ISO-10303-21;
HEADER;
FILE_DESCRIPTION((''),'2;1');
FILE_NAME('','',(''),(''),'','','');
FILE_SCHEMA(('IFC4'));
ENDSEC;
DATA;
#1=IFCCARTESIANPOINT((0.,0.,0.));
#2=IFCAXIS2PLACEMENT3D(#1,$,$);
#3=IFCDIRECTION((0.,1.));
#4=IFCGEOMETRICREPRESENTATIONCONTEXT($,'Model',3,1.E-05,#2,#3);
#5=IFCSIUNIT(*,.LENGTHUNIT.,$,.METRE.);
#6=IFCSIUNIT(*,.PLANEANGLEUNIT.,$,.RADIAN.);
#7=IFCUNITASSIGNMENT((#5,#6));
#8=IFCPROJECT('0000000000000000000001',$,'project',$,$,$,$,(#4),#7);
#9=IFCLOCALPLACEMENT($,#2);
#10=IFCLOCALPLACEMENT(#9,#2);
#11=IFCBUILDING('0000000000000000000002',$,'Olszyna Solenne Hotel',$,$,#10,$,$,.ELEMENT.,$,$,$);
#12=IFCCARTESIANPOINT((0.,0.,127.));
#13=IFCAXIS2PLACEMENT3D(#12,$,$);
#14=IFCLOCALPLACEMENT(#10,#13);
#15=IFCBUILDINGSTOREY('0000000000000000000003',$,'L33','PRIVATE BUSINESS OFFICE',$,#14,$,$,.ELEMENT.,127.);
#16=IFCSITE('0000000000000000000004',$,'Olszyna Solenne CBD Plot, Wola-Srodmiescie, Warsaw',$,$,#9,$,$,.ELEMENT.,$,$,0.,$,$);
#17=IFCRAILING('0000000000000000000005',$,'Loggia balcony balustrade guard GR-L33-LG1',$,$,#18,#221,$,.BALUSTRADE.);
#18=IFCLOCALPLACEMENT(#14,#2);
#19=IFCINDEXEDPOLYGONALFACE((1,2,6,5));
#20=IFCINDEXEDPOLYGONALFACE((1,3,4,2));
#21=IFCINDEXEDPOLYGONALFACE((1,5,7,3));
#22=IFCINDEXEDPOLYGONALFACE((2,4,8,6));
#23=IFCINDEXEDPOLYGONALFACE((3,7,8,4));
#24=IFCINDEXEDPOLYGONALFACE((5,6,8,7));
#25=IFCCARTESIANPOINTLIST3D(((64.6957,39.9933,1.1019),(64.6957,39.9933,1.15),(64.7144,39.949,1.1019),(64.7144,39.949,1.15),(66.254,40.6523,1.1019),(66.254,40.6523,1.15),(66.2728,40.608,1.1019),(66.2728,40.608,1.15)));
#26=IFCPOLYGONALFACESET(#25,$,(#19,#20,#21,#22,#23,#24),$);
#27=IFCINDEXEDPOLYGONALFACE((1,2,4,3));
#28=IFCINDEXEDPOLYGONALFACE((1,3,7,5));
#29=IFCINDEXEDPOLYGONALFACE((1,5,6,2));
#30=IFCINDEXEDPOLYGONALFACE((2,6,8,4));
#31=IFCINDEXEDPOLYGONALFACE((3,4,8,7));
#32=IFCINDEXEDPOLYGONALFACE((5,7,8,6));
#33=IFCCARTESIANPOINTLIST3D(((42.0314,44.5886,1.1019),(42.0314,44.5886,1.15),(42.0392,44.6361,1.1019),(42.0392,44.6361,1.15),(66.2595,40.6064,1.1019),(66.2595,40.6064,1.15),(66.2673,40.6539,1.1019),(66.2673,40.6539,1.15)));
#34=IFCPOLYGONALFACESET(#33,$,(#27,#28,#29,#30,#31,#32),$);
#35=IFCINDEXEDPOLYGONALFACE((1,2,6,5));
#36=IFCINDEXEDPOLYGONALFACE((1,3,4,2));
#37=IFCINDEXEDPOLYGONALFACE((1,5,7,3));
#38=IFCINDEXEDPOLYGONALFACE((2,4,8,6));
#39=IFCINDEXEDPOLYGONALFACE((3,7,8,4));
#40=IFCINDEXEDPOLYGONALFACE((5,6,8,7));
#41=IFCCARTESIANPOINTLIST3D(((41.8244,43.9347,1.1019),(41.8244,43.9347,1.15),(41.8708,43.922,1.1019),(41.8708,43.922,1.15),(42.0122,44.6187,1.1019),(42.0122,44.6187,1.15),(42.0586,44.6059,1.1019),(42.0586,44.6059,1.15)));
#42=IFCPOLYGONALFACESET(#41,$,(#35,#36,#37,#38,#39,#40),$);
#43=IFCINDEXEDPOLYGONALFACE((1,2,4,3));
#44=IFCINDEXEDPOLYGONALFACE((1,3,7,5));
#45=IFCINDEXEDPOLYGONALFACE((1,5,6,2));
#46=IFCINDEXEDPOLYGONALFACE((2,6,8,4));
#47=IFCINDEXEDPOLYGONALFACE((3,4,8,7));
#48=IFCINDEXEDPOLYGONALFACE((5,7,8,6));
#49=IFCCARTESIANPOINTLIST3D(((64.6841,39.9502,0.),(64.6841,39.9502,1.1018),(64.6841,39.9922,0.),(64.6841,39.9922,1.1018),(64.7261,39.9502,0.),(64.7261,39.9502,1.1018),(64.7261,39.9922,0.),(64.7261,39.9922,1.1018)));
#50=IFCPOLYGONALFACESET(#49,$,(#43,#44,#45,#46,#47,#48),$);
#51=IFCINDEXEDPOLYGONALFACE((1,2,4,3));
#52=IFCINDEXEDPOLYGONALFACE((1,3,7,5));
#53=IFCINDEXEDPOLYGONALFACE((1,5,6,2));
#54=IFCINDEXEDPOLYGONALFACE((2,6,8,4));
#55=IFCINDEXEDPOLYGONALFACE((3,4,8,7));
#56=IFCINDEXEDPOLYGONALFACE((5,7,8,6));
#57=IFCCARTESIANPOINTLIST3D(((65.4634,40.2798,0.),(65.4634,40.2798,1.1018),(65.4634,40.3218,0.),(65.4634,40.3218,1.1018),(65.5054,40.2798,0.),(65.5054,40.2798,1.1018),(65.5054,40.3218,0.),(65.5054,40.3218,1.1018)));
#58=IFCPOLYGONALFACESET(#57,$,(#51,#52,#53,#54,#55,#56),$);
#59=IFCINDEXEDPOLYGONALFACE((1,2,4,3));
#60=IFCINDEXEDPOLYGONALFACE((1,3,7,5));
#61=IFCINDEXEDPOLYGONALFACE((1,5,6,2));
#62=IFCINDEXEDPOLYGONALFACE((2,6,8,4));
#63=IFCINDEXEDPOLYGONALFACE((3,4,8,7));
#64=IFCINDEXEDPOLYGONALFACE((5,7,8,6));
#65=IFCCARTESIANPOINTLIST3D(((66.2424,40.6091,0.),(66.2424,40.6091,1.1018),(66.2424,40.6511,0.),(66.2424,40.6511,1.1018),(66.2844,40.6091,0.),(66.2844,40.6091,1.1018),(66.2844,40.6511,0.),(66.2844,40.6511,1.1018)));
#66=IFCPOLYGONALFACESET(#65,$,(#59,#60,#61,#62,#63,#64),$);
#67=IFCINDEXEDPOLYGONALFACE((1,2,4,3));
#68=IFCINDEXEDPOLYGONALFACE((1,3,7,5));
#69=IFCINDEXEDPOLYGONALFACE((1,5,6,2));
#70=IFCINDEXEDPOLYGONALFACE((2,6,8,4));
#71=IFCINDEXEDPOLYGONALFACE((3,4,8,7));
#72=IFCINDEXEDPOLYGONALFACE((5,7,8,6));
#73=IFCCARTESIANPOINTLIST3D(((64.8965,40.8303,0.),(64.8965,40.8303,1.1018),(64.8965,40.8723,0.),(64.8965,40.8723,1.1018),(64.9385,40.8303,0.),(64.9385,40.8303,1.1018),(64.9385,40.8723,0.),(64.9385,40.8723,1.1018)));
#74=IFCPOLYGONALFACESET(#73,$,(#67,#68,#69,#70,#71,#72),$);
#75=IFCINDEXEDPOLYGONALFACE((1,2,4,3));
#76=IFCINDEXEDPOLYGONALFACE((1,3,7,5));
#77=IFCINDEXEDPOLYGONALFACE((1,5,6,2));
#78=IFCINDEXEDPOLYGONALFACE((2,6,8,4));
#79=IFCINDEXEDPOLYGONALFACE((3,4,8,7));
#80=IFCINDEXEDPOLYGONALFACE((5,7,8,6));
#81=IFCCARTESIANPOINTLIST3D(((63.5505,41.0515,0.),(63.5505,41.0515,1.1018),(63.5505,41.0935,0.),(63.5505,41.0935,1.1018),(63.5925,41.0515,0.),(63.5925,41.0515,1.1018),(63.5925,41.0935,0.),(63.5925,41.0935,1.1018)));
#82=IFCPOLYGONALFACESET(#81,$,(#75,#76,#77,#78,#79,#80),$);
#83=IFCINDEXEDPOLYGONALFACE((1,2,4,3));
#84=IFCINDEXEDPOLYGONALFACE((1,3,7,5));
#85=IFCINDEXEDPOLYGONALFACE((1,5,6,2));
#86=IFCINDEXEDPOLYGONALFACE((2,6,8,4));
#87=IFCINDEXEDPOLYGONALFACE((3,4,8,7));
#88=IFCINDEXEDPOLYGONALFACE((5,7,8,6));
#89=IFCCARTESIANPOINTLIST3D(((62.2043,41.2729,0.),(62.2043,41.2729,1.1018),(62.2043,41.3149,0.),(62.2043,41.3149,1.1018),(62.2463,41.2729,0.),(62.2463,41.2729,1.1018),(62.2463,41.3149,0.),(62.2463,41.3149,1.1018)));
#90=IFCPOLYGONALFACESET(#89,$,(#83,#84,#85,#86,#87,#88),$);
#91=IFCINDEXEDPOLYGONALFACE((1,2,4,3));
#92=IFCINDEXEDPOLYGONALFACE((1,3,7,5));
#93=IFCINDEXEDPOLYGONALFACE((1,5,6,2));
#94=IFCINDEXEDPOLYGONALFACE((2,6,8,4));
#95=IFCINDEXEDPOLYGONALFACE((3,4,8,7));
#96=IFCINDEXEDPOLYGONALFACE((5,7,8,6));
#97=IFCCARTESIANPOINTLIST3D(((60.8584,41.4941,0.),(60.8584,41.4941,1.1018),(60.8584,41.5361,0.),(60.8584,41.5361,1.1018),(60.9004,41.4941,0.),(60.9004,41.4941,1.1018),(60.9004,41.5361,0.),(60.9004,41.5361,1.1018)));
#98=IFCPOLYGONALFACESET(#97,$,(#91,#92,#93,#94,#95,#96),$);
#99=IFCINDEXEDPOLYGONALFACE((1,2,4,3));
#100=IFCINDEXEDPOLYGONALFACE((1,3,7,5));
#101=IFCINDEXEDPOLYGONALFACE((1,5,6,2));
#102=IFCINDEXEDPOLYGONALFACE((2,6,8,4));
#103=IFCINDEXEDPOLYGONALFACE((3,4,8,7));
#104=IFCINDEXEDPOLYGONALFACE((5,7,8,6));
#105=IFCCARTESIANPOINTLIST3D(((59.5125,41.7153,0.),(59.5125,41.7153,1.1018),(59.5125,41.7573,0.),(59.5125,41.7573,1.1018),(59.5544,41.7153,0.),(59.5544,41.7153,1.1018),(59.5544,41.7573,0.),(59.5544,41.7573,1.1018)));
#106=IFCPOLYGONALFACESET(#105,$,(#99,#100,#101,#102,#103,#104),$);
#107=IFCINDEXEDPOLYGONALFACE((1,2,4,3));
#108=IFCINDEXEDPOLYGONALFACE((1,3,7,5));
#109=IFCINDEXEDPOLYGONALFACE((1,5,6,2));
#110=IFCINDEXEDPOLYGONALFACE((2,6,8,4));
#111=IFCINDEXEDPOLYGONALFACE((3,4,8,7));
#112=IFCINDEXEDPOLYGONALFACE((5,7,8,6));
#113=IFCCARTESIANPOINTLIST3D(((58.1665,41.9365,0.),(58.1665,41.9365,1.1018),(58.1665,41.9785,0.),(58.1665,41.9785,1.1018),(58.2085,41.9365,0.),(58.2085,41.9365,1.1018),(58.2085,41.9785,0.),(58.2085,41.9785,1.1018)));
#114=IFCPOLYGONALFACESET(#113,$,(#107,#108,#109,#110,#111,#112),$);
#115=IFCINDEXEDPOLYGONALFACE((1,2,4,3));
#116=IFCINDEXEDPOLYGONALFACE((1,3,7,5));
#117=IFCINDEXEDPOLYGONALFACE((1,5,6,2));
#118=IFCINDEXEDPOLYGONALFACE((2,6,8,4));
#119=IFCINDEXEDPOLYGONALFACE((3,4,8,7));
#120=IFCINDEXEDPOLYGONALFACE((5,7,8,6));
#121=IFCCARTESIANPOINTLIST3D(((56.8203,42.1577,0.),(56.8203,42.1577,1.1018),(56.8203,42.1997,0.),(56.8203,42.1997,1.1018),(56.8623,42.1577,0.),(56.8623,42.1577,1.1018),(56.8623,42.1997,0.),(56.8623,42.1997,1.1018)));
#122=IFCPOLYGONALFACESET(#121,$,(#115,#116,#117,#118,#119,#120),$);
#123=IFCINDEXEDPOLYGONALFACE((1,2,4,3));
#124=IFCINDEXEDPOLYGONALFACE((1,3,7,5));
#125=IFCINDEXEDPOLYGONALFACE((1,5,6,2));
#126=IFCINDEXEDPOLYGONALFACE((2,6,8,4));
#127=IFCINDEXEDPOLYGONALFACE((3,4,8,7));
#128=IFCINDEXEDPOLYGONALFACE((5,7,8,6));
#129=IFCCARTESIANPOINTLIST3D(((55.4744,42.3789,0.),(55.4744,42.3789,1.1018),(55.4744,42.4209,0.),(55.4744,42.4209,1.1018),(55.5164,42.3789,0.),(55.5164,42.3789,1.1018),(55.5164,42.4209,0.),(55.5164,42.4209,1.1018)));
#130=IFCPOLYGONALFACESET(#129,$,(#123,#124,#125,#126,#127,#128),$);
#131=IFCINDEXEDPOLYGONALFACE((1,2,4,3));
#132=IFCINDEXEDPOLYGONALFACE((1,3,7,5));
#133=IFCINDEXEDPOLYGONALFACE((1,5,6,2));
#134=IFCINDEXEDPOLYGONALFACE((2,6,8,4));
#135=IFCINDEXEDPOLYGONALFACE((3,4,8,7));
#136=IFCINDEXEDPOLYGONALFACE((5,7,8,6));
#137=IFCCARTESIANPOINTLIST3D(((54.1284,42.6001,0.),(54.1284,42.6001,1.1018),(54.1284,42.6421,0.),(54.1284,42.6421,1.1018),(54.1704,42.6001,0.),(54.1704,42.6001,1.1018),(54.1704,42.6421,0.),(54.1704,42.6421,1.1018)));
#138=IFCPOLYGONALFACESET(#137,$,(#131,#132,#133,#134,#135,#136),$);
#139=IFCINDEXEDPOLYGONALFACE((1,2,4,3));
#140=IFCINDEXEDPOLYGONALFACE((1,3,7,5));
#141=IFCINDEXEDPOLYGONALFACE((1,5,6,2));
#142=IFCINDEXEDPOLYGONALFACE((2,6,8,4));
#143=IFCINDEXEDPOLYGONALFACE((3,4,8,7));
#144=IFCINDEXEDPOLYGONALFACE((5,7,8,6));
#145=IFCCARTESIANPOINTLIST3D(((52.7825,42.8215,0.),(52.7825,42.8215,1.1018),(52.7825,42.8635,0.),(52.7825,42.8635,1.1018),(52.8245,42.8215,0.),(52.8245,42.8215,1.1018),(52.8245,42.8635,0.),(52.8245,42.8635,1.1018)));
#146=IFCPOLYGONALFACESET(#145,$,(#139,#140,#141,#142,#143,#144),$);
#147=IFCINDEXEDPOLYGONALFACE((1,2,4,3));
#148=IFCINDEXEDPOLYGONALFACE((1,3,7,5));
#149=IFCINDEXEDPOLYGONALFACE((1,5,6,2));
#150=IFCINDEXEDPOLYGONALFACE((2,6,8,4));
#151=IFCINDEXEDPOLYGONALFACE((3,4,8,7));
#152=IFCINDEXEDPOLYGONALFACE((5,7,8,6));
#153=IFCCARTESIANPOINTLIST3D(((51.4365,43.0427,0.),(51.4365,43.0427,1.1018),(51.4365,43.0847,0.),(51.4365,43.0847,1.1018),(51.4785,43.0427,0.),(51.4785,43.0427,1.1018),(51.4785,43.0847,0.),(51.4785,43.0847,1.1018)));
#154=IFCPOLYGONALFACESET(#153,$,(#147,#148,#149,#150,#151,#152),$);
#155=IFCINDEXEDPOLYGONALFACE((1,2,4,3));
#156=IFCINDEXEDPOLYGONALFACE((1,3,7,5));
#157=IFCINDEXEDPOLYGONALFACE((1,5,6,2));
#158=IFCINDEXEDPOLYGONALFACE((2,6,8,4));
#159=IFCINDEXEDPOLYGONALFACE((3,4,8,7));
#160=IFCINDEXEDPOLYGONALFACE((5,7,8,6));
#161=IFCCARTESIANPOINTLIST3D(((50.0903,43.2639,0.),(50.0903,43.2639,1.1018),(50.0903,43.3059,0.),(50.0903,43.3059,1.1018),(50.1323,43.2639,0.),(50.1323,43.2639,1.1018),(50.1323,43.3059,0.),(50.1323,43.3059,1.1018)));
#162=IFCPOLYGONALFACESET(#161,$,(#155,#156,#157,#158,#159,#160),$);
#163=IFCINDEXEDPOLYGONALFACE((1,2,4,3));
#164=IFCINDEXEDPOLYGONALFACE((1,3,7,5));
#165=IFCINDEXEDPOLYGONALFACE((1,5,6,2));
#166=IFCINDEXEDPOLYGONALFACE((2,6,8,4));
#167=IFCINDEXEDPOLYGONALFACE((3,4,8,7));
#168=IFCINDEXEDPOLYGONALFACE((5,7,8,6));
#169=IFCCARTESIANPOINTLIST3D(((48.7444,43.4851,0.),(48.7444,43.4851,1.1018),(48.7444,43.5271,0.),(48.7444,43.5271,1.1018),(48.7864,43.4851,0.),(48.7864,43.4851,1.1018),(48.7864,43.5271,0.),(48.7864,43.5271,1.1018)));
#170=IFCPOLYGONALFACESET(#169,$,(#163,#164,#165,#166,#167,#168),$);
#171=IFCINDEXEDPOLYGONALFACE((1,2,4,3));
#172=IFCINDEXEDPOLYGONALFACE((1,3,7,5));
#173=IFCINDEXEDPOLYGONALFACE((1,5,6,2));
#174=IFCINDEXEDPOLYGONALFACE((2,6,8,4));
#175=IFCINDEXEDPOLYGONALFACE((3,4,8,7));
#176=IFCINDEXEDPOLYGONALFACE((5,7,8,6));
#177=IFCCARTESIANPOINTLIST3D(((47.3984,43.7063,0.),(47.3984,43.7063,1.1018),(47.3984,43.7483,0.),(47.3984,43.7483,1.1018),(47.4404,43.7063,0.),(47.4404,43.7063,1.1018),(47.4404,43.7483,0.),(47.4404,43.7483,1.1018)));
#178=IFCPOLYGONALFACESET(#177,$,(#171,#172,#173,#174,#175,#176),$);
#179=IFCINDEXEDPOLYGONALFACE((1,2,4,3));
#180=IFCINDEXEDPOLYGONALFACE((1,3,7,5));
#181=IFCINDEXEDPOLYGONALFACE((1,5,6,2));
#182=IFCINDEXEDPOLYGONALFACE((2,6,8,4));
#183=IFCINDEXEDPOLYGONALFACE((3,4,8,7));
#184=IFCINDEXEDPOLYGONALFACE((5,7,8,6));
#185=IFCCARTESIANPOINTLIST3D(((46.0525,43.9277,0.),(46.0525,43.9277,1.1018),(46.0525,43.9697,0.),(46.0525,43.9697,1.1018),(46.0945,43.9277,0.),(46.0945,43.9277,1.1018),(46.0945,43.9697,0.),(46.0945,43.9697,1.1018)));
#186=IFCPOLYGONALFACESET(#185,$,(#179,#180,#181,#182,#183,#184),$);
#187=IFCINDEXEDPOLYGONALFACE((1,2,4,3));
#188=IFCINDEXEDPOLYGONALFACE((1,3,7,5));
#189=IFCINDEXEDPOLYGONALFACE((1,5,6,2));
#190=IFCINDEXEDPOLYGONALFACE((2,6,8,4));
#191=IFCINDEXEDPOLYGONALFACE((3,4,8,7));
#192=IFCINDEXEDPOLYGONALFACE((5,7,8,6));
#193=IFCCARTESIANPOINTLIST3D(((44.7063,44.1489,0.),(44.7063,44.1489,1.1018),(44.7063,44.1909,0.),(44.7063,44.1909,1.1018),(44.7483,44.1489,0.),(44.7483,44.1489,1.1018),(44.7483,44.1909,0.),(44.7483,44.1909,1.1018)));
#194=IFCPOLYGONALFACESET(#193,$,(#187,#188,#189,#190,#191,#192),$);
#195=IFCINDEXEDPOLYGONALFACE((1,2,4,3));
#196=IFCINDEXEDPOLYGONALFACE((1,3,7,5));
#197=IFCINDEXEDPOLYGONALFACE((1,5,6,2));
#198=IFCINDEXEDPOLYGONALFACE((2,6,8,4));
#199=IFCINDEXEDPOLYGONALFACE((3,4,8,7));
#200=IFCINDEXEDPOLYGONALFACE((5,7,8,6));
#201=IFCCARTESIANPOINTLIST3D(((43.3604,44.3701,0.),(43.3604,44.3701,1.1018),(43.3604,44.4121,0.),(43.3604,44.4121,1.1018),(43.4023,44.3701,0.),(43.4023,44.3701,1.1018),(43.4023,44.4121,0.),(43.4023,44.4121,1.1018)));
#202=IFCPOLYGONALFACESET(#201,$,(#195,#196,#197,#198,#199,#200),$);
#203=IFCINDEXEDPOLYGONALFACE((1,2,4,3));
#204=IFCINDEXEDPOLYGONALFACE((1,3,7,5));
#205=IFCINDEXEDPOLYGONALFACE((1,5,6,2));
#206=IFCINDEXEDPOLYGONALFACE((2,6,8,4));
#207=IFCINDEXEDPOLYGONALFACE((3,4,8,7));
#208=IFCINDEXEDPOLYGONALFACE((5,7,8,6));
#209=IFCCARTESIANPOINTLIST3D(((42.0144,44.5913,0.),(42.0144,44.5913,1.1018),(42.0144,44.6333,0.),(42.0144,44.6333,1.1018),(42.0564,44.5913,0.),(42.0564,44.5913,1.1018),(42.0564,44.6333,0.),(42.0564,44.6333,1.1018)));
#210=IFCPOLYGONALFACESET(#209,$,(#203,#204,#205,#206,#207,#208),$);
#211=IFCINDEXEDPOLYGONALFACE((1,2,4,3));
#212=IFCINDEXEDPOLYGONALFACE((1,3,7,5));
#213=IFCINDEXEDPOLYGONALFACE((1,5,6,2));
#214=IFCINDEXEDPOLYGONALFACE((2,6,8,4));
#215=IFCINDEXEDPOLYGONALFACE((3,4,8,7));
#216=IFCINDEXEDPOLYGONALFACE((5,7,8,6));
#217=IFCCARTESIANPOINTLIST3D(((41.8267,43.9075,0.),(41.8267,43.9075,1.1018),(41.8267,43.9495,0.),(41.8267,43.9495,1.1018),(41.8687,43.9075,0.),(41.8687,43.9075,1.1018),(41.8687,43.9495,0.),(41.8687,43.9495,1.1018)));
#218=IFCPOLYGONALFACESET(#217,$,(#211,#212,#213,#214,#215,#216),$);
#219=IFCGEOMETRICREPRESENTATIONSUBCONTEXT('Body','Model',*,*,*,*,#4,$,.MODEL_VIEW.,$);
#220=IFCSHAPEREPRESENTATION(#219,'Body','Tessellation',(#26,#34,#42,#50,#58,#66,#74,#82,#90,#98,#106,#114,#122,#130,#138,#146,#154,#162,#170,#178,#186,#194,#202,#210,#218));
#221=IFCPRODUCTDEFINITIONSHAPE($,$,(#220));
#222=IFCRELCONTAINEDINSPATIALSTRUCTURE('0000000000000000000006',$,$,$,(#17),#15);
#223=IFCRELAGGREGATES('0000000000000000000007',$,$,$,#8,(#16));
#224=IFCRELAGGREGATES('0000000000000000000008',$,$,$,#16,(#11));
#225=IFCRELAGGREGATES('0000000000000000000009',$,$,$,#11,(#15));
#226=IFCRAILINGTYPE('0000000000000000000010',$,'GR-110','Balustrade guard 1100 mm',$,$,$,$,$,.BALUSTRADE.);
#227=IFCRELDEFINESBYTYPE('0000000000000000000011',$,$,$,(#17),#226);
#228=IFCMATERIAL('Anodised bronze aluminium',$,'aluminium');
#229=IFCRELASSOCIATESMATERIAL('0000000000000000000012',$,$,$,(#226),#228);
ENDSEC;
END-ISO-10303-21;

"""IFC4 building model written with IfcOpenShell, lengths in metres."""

from ifc_helpers import new_model, si_unit, direction, frame, origin, origin_2d, place, context, subcontext, project, spatial, rectangle, extrude, material, type_object, element, save


model = new_model("IFC4")

# Units and contexts
model_context = context("Model", 3, precision=1e-05, world=origin(), true_north=direction((0.0, 1.0)))
body_context = subcontext(model_context, "Body", "Model", "MODEL_VIEW")
ifc_project = project(units=[si_unit("LENGTHUNIT", "METRE"), si_unit("PLANEANGLEUNIT", "RADIAN")], contexts=[model_context])

# Site, building, storey
site_placement = place(None, origin())
site = spatial("IfcSite", under=ifc_project, at=site_placement, Name="Olszyna Solenne CBD Plot, Wola-Srodmiescie, Warsaw", CompositionType="ELEMENT", RefElevation=0.0)
building_placement = place(site_placement, origin())
building = spatial("IfcBuilding", under=site, at=building_placement, Name="Olszyna Solenne Hotel", CompositionType="ELEMENT")
storey_placement = place(building_placement, frame((0.0, 0.0, 127.0)))
storey = spatial("IfcBuildingStorey", under=building, at=storey_placement, Name="L33", Description="PRIVATE BUSINESS OFFICE", CompositionType="ELEMENT", Elevation=127.0)

# Shared definitions
ifc_material_1 = material(Name="Anodised bronze aluminium", Category="aluminium")

# Railing
railing_type = type_object("IfcRailingType", Name="GR-110", Description="Balustrade guard 1100 mm", PredefinedType="BALUSTRADE", material=ifc_material_1)
railing_placement = place(storey_placement, frame((64.7051, 39.9712, 0.0)))
element("IfcRailing", 1, at=railing_placement, inside=storey, type_object=railing_type, Name="Loggia balcony balustrade guard GR-L33-LG1", PredefinedType="BALUSTRADE", context=body_context, shape_type="SweptSolid", body=[
    extrude(rectangle(XDim=0.0481, YDim=0.0481, at=origin_2d()), frame((0.0, 0.0, 1.126), z_axis=(0.921045, 0.389456, 0.0), x_axis=(-0.389456, 0.921045, 0.0)), (0.0, 0.0, 1.0), 1.6919),
    extrude(rectangle(XDim=0.0481, YDim=0.0481, at=origin_2d()), frame((1.5583, 0.6589, 1.126), z_axis=(-0.98676, 0.162186, 0.0), x_axis=(-0.162186, -0.98676, 0.0)), (0.0, 0.0, 1.0), 24.5532),
    extrude(rectangle(XDim=0.0481, YDim=0.0481, at=origin_2d()), frame((-22.6697, 4.6411, 1.126), z_axis=(-0.264748, -0.964318, 0.0), x_axis=(0.964318, -0.264748, 0.0)), (0.0, 0.0, 1.0), 0.7092),
    extrude(rectangle(XDim=0.042, YDim=0.042, at=origin_2d()), origin(), (0.0, 0.0, 1.0), 1.1018),
    extrude(rectangle(XDim=0.042, YDim=0.042, at=origin_2d()), frame((0.7793, 0.3296, 0.0)), (0.0, 0.0, 1.0), 1.1018),
    extrude(rectangle(XDim=0.042, YDim=0.042, at=origin_2d()), frame((1.5583, 0.6589, 0.0)), (0.0, 0.0, 1.0), 1.1018),
    extrude(rectangle(XDim=0.042, YDim=0.042, at=origin_2d()), frame((0.2124, 0.8801, 0.0)), (0.0, 0.0, 1.0), 1.1018),
    extrude(rectangle(XDim=0.042, YDim=0.042, at=origin_2d()), frame((-1.1335, 1.1013, 0.0)), (0.0, 0.0, 1.0), 1.1018),
    extrude(rectangle(XDim=0.042, YDim=0.042, at=origin_2d()), frame((-2.4797, 1.3228, 0.0)), (0.0, 0.0, 1.0), 1.1018),
    extrude(rectangle(XDim=0.042, YDim=0.042, at=origin_2d()), frame((-3.8257, 1.5439, 0.0)), (0.0, 0.0, 1.0), 1.1018),
    extrude(rectangle(XDim=0.042, YDim=0.042, at=origin_2d()), frame((-5.1716, 1.7651, 0.0)), (0.0, 0.0, 1.0), 1.1018),
    extrude(rectangle(XDim=0.042, YDim=0.042, at=origin_2d()), frame((-6.5176, 1.9863, 0.0)), (0.0, 0.0, 1.0), 1.1018),
    extrude(rectangle(XDim=0.042, YDim=0.042, at=origin_2d()), frame((-7.8638, 2.2075, 0.0)), (0.0, 0.0, 1.0), 1.1018),
    extrude(rectangle(XDim=0.042, YDim=0.042, at=origin_2d()), frame((-9.2097, 2.4287, 0.0)), (0.0, 0.0, 1.0), 1.1018),
    extrude(rectangle(XDim=0.042, YDim=0.042, at=origin_2d()), frame((-10.5557, 2.6499, 0.0)), (0.0, 0.0, 1.0), 1.1018),
    extrude(rectangle(XDim=0.042, YDim=0.042, at=origin_2d()), frame((-11.9016, 2.8713, 0.0)), (0.0, 0.0, 1.0), 1.1018),
    extrude(rectangle(XDim=0.042, YDim=0.042, at=origin_2d()), frame((-13.2476, 3.0925, 0.0)), (0.0, 0.0, 1.0), 1.1018),
    extrude(rectangle(XDim=0.042, YDim=0.042, at=origin_2d()), frame((-14.5938, 3.3137, 0.0)), (0.0, 0.0, 1.0), 1.1018),
    extrude(rectangle(XDim=0.042, YDim=0.042, at=origin_2d()), frame((-15.9397, 3.5349, 0.0)), (0.0, 0.0, 1.0), 1.1018),
    extrude(rectangle(XDim=0.042, YDim=0.042, at=origin_2d()), frame((-17.2856, 3.7561, 0.0)), (0.0, 0.0, 1.0), 1.1018),
    extrude(rectangle(XDim=0.042, YDim=0.042, at=origin_2d()), frame((-18.6316, 3.9775, 0.0)), (0.0, 0.0, 1.0), 1.1018),
    extrude(rectangle(XDim=0.042, YDim=0.042, at=origin_2d()), frame((-19.9778, 4.1987, 0.0)), (0.0, 0.0, 1.0), 1.1018),
    extrude(rectangle(XDim=0.042, YDim=0.042, at=origin_2d()), frame((-21.3237, 4.4199, 0.0)), (0.0, 0.0, 1.0), 1.1018),
    extrude(rectangle(XDim=0.042, YDim=0.042, at=origin_2d()), frame((-22.6697, 4.6411, 0.0)), (0.0, 0.0, 1.0), 1.1018),
    extrude(rectangle(XDim=0.042, YDim=0.042, at=origin_2d()), frame((-22.8574, 3.9573, 0.0)), (0.0, 0.0, 1.0), 1.1018),
])

save(model, "model.ifc")
